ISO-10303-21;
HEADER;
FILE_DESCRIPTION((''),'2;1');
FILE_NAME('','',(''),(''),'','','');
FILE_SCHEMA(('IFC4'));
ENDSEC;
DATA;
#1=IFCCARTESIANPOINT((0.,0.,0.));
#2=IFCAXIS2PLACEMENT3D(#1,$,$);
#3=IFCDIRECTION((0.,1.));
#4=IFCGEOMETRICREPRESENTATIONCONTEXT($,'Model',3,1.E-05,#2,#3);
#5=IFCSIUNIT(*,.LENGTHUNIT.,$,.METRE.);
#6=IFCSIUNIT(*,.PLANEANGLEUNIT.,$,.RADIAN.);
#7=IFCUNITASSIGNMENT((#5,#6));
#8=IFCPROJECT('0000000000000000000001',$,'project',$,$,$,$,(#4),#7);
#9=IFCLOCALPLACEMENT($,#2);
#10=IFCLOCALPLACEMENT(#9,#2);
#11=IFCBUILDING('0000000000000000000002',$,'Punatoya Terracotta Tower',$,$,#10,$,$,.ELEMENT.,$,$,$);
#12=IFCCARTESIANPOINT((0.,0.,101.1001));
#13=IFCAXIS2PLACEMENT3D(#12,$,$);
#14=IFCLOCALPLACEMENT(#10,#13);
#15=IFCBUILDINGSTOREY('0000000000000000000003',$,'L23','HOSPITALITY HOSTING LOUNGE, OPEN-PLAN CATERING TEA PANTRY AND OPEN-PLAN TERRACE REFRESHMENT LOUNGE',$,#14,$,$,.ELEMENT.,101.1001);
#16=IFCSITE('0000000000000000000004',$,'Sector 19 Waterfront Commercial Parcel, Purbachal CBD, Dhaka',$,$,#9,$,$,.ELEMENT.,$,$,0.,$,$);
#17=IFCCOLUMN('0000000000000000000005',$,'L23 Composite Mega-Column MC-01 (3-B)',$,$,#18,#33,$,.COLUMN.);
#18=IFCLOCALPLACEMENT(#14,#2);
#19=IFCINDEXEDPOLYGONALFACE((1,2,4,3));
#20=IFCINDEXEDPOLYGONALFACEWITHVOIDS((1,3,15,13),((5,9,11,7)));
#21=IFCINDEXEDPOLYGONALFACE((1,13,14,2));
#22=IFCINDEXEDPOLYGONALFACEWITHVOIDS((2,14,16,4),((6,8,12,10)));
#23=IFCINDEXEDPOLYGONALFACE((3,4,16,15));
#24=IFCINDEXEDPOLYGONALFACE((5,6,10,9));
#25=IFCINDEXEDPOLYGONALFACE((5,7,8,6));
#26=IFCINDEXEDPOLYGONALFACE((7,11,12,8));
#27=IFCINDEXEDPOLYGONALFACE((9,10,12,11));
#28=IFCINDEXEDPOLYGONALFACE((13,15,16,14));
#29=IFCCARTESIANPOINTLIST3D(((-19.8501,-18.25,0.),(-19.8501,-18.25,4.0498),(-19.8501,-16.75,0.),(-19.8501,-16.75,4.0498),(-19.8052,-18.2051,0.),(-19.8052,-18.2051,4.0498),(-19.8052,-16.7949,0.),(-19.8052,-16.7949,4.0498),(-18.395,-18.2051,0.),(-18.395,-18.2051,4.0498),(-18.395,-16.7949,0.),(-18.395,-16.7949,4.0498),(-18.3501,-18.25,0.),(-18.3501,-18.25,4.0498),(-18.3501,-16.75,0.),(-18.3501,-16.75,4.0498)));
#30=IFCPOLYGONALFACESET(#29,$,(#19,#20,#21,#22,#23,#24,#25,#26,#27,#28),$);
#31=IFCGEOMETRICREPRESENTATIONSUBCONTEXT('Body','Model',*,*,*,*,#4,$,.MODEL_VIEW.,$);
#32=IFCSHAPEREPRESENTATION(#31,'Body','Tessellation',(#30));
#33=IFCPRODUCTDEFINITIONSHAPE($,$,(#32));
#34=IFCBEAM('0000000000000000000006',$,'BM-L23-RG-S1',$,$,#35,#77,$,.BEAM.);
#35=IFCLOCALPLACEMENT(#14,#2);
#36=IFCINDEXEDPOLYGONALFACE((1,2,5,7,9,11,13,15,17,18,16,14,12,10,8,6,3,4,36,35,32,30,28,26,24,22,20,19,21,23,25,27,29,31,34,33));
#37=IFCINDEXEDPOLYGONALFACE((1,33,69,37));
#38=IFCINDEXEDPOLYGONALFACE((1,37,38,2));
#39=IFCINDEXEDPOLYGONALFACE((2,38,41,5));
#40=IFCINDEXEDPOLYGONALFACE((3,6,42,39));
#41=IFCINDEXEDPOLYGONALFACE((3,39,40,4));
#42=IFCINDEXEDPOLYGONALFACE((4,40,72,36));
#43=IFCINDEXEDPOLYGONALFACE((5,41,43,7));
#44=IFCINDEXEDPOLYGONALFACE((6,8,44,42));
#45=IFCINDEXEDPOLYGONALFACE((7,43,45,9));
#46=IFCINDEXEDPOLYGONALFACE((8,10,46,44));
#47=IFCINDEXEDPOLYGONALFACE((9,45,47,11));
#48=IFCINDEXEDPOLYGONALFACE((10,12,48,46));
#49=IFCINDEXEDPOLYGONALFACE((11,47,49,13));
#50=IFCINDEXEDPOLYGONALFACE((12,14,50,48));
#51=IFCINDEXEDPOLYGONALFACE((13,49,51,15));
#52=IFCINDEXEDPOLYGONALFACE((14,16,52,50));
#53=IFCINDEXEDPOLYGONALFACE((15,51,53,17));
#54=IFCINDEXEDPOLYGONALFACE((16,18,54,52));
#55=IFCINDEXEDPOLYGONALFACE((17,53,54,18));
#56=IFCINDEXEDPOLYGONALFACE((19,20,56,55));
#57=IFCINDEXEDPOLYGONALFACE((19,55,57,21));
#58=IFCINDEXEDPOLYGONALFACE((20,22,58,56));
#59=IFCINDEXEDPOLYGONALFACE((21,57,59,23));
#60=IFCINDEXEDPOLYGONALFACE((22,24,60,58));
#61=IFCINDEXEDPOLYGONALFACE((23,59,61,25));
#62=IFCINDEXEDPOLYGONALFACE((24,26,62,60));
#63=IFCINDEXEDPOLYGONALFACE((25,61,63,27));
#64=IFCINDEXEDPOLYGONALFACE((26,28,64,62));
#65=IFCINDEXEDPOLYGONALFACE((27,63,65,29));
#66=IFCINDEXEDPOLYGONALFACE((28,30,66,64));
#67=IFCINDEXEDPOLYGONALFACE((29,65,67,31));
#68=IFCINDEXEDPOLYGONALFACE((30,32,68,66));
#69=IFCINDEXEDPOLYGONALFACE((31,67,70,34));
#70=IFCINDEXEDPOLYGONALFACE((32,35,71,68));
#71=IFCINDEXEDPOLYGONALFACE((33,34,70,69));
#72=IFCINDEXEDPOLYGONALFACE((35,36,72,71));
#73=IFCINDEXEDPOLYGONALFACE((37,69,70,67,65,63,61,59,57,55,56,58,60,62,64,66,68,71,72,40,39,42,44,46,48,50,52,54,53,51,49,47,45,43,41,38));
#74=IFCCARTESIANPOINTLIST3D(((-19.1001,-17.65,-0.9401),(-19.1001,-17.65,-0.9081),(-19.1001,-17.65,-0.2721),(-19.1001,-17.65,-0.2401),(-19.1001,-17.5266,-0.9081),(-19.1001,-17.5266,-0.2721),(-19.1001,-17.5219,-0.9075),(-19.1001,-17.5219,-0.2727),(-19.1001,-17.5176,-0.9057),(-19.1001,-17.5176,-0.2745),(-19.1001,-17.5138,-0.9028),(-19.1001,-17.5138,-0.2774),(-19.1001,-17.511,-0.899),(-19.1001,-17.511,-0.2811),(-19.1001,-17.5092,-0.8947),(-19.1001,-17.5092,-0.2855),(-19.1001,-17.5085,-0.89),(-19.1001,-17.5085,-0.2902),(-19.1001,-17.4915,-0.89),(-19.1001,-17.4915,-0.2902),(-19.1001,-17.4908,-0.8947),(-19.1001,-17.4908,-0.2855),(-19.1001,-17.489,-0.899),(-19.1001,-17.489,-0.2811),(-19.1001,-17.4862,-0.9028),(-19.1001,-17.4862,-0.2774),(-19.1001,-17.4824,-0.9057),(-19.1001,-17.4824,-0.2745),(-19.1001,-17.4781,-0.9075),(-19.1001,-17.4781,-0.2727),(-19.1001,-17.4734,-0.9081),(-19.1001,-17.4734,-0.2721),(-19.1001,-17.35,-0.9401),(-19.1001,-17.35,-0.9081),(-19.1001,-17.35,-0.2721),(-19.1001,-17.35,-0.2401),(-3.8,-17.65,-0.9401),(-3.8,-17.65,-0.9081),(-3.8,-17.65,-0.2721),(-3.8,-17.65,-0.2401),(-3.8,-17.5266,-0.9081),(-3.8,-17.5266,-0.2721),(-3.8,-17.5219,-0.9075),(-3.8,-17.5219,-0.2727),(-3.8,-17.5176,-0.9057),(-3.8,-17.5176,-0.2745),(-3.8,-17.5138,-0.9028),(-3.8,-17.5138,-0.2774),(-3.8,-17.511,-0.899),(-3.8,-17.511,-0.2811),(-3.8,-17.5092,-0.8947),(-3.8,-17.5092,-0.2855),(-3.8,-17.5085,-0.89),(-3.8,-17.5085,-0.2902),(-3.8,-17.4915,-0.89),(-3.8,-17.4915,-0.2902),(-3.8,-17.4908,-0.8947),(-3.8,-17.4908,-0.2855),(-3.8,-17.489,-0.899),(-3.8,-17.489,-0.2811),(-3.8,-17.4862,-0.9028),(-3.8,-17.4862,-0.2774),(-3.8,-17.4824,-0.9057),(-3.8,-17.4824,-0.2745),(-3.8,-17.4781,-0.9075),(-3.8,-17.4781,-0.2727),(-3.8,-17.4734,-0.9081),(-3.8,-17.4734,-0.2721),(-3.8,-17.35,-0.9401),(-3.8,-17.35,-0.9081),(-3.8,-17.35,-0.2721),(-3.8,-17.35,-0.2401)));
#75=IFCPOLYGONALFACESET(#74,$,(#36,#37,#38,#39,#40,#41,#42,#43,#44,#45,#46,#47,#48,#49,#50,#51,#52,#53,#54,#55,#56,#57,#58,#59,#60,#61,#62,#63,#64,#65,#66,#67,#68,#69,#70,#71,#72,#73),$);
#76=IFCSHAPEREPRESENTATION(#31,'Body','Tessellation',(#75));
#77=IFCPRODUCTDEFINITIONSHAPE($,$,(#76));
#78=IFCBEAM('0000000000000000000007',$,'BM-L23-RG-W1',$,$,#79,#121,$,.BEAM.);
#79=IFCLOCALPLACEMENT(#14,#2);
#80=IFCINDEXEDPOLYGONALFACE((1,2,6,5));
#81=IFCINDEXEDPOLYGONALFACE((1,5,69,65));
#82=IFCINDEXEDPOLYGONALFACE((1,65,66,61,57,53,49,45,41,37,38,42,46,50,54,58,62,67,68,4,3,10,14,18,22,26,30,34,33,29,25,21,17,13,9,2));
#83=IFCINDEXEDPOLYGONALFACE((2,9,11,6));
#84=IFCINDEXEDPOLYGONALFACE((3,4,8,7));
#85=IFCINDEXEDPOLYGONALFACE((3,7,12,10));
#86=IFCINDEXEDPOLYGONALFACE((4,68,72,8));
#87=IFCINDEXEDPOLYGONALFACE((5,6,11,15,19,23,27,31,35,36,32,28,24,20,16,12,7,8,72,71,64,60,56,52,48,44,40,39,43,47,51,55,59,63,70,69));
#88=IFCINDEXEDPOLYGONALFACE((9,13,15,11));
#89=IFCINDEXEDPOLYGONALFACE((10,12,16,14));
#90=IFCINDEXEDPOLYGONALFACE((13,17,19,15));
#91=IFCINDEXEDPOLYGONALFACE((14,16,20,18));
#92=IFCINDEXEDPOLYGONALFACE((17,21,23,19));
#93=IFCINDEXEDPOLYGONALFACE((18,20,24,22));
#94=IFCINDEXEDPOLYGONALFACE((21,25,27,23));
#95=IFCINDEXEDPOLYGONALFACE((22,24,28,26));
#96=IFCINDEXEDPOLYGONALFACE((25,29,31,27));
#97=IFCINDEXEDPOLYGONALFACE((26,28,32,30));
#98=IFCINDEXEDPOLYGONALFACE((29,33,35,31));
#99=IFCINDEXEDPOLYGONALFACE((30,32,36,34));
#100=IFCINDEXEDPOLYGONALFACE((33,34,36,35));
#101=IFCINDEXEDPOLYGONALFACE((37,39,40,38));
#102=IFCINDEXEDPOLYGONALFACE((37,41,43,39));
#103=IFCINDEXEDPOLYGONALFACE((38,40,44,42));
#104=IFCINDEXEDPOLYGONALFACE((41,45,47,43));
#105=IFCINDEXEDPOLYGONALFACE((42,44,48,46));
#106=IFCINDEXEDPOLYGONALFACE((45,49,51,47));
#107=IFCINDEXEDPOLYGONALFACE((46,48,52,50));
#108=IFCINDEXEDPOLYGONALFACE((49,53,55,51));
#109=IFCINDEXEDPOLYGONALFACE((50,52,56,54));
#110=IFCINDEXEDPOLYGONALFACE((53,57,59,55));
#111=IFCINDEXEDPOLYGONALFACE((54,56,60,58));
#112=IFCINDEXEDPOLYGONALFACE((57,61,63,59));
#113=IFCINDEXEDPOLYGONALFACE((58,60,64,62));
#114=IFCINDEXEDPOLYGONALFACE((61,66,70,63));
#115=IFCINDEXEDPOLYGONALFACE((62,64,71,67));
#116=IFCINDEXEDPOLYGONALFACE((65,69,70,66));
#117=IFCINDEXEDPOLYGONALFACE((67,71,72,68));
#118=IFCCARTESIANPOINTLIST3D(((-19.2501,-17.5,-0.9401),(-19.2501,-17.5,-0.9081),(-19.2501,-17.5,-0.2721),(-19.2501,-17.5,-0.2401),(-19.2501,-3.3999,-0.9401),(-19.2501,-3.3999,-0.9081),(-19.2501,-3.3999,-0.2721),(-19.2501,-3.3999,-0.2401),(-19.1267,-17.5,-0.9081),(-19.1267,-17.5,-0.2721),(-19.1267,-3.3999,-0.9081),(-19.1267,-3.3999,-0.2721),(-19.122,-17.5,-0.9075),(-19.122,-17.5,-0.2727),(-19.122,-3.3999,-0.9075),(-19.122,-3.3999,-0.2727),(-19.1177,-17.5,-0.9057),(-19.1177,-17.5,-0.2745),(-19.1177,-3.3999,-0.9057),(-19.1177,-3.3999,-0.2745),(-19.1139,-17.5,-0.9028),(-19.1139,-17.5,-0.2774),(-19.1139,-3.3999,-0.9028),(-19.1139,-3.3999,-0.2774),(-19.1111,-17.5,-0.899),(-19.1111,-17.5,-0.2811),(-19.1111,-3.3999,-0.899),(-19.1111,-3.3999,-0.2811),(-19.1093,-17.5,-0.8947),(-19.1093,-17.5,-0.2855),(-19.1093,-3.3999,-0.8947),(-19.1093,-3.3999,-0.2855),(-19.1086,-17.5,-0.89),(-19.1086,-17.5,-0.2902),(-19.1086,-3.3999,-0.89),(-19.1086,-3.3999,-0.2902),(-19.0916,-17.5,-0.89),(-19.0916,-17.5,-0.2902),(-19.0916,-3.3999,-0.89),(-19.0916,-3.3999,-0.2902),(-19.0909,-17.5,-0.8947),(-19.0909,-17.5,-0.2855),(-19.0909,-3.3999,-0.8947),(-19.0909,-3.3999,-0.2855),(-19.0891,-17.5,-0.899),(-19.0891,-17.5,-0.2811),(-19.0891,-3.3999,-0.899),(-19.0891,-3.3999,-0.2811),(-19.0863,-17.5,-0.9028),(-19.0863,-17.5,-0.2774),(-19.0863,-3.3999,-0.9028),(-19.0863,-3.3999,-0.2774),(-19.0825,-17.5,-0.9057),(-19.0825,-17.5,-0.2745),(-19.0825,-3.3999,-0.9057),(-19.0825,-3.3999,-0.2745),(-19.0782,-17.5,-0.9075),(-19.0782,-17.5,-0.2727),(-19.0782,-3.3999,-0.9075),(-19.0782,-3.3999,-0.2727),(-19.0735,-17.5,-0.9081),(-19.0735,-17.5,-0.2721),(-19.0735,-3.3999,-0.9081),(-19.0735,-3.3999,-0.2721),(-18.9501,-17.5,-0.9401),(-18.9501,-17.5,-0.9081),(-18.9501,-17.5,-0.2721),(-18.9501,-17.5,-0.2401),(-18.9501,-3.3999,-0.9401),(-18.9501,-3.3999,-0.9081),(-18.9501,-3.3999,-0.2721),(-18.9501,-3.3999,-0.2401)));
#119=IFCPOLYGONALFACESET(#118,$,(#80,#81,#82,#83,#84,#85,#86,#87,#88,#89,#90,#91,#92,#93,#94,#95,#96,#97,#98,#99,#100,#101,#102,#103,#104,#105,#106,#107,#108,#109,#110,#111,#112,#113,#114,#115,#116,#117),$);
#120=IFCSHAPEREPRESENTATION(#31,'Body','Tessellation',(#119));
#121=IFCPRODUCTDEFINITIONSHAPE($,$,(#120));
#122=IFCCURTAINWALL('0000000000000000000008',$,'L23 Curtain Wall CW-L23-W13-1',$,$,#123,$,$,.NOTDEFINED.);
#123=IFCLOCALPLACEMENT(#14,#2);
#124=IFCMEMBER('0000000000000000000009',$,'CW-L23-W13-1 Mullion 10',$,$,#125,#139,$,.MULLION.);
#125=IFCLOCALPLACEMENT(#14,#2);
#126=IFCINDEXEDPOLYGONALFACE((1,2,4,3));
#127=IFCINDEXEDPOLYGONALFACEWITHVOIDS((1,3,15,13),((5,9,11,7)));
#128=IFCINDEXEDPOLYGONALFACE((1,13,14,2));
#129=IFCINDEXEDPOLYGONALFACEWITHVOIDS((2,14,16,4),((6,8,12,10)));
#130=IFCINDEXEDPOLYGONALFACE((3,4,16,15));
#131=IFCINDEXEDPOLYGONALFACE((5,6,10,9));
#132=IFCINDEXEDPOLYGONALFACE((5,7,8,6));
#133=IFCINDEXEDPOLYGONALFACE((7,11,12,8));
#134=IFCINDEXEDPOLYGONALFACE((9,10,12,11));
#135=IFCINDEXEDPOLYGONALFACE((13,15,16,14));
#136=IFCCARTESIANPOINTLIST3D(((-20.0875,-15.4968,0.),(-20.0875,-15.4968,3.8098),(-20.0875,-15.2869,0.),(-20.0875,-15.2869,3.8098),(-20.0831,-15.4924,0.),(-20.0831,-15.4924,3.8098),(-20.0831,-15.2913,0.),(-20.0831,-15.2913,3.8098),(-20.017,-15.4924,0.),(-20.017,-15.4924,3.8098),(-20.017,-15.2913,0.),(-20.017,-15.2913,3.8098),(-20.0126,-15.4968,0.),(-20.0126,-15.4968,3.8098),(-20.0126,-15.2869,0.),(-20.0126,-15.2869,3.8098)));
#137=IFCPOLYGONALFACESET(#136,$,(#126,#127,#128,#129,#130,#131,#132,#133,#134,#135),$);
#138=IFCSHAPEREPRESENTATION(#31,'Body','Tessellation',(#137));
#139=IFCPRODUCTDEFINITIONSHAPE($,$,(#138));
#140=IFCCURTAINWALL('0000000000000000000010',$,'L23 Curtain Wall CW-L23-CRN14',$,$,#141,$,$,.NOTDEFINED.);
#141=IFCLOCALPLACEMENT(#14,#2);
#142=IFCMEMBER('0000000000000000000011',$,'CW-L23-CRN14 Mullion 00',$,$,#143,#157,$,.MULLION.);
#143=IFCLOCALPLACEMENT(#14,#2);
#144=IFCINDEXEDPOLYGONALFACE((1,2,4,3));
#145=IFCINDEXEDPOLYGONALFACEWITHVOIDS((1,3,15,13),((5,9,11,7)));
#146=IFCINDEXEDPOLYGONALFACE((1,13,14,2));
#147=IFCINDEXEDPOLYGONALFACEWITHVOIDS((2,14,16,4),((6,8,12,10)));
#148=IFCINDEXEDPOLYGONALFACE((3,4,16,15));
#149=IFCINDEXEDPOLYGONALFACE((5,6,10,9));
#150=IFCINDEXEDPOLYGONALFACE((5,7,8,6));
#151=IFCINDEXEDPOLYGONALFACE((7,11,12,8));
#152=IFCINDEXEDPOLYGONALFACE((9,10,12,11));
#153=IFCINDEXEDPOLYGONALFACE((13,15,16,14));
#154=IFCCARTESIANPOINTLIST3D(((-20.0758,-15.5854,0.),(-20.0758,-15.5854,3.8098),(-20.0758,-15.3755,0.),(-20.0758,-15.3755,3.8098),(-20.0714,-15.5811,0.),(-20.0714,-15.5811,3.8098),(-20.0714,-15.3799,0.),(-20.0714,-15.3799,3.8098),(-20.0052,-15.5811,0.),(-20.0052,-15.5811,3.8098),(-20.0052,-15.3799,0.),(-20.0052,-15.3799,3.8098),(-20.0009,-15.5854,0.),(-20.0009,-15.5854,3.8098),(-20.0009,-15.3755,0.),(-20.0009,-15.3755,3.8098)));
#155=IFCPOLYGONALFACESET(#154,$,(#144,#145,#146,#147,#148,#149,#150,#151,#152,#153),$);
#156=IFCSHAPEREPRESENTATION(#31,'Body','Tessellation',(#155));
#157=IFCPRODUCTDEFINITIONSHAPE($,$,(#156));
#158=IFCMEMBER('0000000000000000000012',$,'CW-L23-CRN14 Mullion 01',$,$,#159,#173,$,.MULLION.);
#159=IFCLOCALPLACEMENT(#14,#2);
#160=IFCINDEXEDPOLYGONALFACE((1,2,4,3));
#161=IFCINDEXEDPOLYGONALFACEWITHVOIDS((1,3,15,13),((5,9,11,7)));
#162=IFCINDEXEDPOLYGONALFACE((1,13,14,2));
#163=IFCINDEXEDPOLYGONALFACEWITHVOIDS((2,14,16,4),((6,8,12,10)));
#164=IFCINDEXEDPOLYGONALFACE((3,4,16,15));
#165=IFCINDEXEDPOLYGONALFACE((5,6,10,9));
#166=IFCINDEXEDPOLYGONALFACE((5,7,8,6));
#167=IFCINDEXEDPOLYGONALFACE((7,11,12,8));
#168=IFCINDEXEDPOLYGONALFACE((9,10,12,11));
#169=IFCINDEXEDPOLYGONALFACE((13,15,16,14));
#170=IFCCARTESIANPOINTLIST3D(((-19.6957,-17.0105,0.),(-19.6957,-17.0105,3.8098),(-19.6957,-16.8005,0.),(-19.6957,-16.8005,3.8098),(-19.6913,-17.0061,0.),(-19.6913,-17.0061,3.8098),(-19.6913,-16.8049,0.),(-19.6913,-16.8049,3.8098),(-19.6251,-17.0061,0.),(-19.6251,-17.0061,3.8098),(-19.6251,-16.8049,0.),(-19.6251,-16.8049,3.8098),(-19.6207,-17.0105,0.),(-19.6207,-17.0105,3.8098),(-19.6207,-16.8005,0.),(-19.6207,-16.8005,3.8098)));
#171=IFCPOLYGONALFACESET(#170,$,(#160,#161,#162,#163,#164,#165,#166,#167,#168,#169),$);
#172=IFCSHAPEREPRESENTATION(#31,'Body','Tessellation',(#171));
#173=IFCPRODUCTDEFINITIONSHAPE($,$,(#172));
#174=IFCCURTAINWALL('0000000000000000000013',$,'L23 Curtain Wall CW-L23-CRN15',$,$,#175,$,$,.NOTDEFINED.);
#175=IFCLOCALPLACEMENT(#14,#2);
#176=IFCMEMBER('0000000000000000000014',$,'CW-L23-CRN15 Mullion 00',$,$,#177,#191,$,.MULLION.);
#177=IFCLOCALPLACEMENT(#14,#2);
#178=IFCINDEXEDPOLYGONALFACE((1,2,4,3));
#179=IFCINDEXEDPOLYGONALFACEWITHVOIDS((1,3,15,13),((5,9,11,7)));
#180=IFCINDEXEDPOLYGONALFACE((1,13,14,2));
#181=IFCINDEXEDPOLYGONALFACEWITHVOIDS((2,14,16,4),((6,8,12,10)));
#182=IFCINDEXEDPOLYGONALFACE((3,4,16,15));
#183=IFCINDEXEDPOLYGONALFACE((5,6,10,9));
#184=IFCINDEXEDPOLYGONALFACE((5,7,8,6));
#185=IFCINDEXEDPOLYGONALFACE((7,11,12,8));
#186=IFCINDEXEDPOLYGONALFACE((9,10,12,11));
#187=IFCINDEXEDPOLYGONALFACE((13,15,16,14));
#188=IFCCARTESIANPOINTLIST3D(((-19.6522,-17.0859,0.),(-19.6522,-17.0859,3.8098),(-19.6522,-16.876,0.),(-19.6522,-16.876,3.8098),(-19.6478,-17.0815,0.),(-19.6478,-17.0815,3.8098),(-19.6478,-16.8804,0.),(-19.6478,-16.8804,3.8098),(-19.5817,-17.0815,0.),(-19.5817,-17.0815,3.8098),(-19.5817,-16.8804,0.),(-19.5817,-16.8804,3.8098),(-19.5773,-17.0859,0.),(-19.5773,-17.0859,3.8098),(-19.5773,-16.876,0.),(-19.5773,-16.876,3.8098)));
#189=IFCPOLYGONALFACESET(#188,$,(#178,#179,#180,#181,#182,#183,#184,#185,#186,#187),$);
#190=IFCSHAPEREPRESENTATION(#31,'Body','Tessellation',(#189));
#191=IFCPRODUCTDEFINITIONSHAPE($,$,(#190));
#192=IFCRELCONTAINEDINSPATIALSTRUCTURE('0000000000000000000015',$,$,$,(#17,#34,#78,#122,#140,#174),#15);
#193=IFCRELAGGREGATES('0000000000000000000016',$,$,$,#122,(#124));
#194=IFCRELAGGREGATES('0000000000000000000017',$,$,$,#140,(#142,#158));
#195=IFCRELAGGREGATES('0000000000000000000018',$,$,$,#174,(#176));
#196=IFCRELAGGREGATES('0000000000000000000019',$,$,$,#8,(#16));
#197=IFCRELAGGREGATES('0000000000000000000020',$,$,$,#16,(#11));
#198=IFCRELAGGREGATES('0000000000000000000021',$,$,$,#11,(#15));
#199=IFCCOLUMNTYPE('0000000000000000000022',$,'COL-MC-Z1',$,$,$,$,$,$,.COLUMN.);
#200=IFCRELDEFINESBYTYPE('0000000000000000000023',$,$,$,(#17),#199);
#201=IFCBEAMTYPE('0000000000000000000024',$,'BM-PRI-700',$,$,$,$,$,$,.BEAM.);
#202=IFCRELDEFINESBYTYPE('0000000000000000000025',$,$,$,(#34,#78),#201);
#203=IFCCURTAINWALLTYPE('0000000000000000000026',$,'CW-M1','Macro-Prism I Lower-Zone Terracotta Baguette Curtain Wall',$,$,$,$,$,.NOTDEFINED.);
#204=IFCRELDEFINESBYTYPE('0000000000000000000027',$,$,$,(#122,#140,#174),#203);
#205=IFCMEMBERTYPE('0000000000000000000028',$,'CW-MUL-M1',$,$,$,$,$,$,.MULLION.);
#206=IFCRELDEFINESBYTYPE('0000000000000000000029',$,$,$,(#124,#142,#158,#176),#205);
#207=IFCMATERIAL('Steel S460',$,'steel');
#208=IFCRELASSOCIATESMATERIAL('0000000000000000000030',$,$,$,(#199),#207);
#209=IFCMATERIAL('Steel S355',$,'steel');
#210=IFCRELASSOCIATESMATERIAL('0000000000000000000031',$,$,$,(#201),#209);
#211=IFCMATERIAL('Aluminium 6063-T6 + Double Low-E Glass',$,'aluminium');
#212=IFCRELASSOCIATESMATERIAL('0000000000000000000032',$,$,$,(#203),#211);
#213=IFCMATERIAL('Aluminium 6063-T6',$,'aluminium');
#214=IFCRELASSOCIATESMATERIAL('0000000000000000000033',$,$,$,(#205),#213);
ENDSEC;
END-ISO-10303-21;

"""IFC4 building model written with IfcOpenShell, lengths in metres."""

from ifc_helpers import new_model, si_unit, direction, frame, origin, origin_2d, place, context, subcontext, project, spatial, hollow_rectangle, i_section, extrude, material, material_profile, profile_set, type_object, element, aggregate, save


model = new_model("IFC4")

# Units and contexts
model_context = context("Model", 3, precision=1e-05, world=origin(), true_north=direction((0.0, 1.0)))
body_context = subcontext(model_context, "Body", "Model", "MODEL_VIEW")
ifc_project = project(units=[si_unit("LENGTHUNIT", "METRE"), si_unit("PLANEANGLEUNIT", "RADIAN")], contexts=[model_context])

# Site, building, storey
site_placement = place(None, origin())
site = spatial("IfcSite", under=ifc_project, at=site_placement, Name="Sector 19 Waterfront Commercial Parcel, Purbachal CBD, Dhaka", CompositionType="ELEMENT", RefElevation=0.0)
building_placement = place(site_placement, origin())
building = spatial("IfcBuilding", under=site, at=building_placement, Name="Punatoya Terracotta Tower", CompositionType="ELEMENT")
storey_placement = place(building_placement, frame((0.0, 0.0, 101.1001)))
storey = spatial("IfcBuildingStorey", under=building, at=storey_placement, Name="L23", Description="HOSPITALITY HOSTING LOUNGE, OPEN-PLAN CATERING TEA PANTRY AND OPEN-PLAN TERRACE REFRESHMENT LOUNGE", CompositionType="ELEMENT", Elevation=101.1001)

# Column
ifc_material_1 = material(Name="Steel S460", Category="steel")
ifc_material_profile_1 = material_profile(ifc_material_1, hollow_rectangle(XDim=1.5, YDim=1.5, WallThickness=0.0449, at=origin_2d()))
ifc_profile_set_1 = profile_set([ifc_material_profile_1], Name="Steel S460")
column_type = type_object("IfcColumnType", Name="COL-MC-Z1", PredefinedType="COLUMN", material=ifc_profile_set_1)
column_placement = place(storey_placement, frame((-19.1001, -17.5, 0.0), z_axis=(0.0, 0.0, 1.0), x_axis=(1.0, 0.0, 0.0)))
element("IfcColumn", 1, at=column_placement, inside=storey, type_object=column_type, Name="L23 Composite Mega-Column MC-01 (3-B)", PredefinedType="COLUMN", context=body_context, shape_type="SweptSolid", body=[
    extrude(hollow_rectangle(XDim=1.5, YDim=1.5, WallThickness=0.0449, at=origin_2d()), origin(), (0.0, 0.0, 1.0), 4.0498),
])

# Beams
ifc_material_2 = material(Name="Steel S355", Category="steel")
ifc_material_profile_2 = material_profile(ifc_material_2, i_section(OverallWidth=0.3, OverallDepth=0.7, WebThickness=0.0171, FlangeThickness=0.032, FilletRadius=0.0181, at=origin_2d()))
ifc_profile_set_2 = profile_set([ifc_material_profile_2], Name="Steel S355")
beam_type = type_object("IfcBeamType", Name="BM-PRI-700", PredefinedType="BEAM", material=ifc_profile_set_2)
beam_1_placement = place(storey_placement, frame((-19.1001, -17.5, -0.5901), z_axis=(1.0, 0.0, 0.0), x_axis=(0.0, 1.0, 0.0)))
element("IfcBeam", 2, at=beam_1_placement, inside=storey, type_object=beam_type, Name="BM-L23-RG-S1", PredefinedType="BEAM", context=body_context, shape_type="SweptSolid", body=[
    extrude(i_section(OverallWidth=0.3, OverallDepth=0.7, WebThickness=0.0171, FlangeThickness=0.032, FilletRadius=0.0181, at=origin_2d()), origin(), (0.0, 0.0, 1.0), 15.3),
])
beam_2_placement = place(storey_placement, frame((-19.1001, -17.5, -0.5901), z_axis=(0.0, 1.0, 0.0), x_axis=(-1.0, 0.0, 0.0)))
element("IfcBeam", 3, at=beam_2_placement, inside=storey, type_object=beam_type, Name="BM-L23-RG-W1", PredefinedType="BEAM", context=body_context, shape_type="SweptSolid", body=[
    extrude(i_section(OverallWidth=0.3, OverallDepth=0.7, WebThickness=0.0171, FlangeThickness=0.032, FilletRadius=0.0181, at=origin_2d()), origin(), (0.0, 0.0, 1.0), 14.1001),
])

# Curtain wall, member
ifc_material_3 = material(Name="Aluminium 6063-T6 + Double Low-E Glass", Category="aluminium")
curtain_wall_type = type_object("IfcCurtainWallType", Name="CW-M1", Description="Macro-Prism I Lower-Zone Terracotta Baguette Curtain Wall", PredefinedType="NOTDEFINED", material=ifc_material_3)
curtain_wall_1_placement = place(storey_placement, origin())
curtain_wall_1 = element("IfcCurtainWall", 4, at=curtain_wall_1_placement, inside=storey, type_object=curtain_wall_type, Name="L23 Curtain Wall CW-L23-W13-1", PredefinedType="NOTDEFINED")
ifc_material_4 = material(Name="Aluminium 6063-T6", Category="aluminium")
ifc_material_profile_3 = material_profile(ifc_material_4, hollow_rectangle(XDim=0.075, YDim=0.21, WallThickness=0.0044, at=origin_2d()))
ifc_profile_set_3 = profile_set([ifc_material_profile_3], Name="Aluminium 6063-T6")
member_type_1 = type_object("IfcMemberType", Name="CW-MUL-M1", PredefinedType="MULLION", material=ifc_profile_set_3)
member_1_placement = place(storey_placement, frame((-20.05, -15.3918, 0.0), z_axis=(0.0, 0.0, 1.0), x_axis=(1.0, 0.0, 0.0)))
member_1 = element("IfcMember", 5, at=member_1_placement, type_object=member_type_1, Name="CW-L23-W13-1 Mullion 10", PredefinedType="MULLION", context=body_context, shape_type="SweptSolid", body=[
    extrude(hollow_rectangle(XDim=0.075, YDim=0.21, WallThickness=0.0044, at=origin_2d()), origin(), (0.0, 0.0, 1.0), 3.8098),
])

# Curtain walls, members
curtain_wall_2_placement = place(storey_placement, origin())
curtain_wall_2 = element("IfcCurtainWall", 6, at=curtain_wall_2_placement, inside=storey, type_object=curtain_wall_type, Name="L23 Curtain Wall CW-L23-CRN14", PredefinedType="NOTDEFINED")
member_2_placement = place(storey_placement, frame((-20.0383, -15.4805, 0.0), z_axis=(0.0, 0.0, 1.0), x_axis=(1.0, 0.0, 0.0)))
member_2 = element("IfcMember", 7, at=member_2_placement, type_object=member_type_1, Name="CW-L23-CRN14 Mullion 00", PredefinedType="MULLION", context=body_context, shape_type="SweptSolid", body=[
    extrude(hollow_rectangle(XDim=0.075, YDim=0.21, WallThickness=0.0044, at=origin_2d()), origin(), (0.0, 0.0, 1.0), 3.8098),
])
member_3_placement = place(storey_placement, frame((-19.6582, -16.9055, 0.0), z_axis=(0.0, 0.0, 1.0), x_axis=(1.0, 0.0, 0.0)))
member_3 = element("IfcMember", 8, at=member_3_placement, type_object=member_type_1, Name="CW-L23-CRN14 Mullion 01", PredefinedType="MULLION", context=body_context, shape_type="SweptSolid", body=[
    extrude(hollow_rectangle(XDim=0.075, YDim=0.21, WallThickness=0.0044, at=origin_2d()), origin(), (0.0, 0.0, 1.0), 3.8098),
])
curtain_wall_3_placement = place(storey_placement, origin())
curtain_wall_3 = element("IfcCurtainWall", 9, at=curtain_wall_3_placement, inside=storey, type_object=curtain_wall_type, Name="L23 Curtain Wall CW-L23-CRN15", PredefinedType="NOTDEFINED")
member_4_placement = place(storey_placement, frame((-19.6147, -16.981, 0.0), z_axis=(0.0, 0.0, 1.0), x_axis=(1.0, 0.0, 0.0)))
member_4 = element("IfcMember", 10, at=member_4_placement, type_object=member_type_1, Name="CW-L23-CRN15 Mullion 00", PredefinedType="MULLION", context=body_context, shape_type="SweptSolid", body=[
    extrude(hollow_rectangle(XDim=0.075, YDim=0.21, WallThickness=0.0044, at=origin_2d()), origin(), (0.0, 0.0, 1.0), 3.8098),
])

aggregate(curtain_wall_1, [member_1])
aggregate(curtain_wall_2, [member_2, member_3])
aggregate(curtain_wall_3, [member_4])

save(model, "model.ifc")
